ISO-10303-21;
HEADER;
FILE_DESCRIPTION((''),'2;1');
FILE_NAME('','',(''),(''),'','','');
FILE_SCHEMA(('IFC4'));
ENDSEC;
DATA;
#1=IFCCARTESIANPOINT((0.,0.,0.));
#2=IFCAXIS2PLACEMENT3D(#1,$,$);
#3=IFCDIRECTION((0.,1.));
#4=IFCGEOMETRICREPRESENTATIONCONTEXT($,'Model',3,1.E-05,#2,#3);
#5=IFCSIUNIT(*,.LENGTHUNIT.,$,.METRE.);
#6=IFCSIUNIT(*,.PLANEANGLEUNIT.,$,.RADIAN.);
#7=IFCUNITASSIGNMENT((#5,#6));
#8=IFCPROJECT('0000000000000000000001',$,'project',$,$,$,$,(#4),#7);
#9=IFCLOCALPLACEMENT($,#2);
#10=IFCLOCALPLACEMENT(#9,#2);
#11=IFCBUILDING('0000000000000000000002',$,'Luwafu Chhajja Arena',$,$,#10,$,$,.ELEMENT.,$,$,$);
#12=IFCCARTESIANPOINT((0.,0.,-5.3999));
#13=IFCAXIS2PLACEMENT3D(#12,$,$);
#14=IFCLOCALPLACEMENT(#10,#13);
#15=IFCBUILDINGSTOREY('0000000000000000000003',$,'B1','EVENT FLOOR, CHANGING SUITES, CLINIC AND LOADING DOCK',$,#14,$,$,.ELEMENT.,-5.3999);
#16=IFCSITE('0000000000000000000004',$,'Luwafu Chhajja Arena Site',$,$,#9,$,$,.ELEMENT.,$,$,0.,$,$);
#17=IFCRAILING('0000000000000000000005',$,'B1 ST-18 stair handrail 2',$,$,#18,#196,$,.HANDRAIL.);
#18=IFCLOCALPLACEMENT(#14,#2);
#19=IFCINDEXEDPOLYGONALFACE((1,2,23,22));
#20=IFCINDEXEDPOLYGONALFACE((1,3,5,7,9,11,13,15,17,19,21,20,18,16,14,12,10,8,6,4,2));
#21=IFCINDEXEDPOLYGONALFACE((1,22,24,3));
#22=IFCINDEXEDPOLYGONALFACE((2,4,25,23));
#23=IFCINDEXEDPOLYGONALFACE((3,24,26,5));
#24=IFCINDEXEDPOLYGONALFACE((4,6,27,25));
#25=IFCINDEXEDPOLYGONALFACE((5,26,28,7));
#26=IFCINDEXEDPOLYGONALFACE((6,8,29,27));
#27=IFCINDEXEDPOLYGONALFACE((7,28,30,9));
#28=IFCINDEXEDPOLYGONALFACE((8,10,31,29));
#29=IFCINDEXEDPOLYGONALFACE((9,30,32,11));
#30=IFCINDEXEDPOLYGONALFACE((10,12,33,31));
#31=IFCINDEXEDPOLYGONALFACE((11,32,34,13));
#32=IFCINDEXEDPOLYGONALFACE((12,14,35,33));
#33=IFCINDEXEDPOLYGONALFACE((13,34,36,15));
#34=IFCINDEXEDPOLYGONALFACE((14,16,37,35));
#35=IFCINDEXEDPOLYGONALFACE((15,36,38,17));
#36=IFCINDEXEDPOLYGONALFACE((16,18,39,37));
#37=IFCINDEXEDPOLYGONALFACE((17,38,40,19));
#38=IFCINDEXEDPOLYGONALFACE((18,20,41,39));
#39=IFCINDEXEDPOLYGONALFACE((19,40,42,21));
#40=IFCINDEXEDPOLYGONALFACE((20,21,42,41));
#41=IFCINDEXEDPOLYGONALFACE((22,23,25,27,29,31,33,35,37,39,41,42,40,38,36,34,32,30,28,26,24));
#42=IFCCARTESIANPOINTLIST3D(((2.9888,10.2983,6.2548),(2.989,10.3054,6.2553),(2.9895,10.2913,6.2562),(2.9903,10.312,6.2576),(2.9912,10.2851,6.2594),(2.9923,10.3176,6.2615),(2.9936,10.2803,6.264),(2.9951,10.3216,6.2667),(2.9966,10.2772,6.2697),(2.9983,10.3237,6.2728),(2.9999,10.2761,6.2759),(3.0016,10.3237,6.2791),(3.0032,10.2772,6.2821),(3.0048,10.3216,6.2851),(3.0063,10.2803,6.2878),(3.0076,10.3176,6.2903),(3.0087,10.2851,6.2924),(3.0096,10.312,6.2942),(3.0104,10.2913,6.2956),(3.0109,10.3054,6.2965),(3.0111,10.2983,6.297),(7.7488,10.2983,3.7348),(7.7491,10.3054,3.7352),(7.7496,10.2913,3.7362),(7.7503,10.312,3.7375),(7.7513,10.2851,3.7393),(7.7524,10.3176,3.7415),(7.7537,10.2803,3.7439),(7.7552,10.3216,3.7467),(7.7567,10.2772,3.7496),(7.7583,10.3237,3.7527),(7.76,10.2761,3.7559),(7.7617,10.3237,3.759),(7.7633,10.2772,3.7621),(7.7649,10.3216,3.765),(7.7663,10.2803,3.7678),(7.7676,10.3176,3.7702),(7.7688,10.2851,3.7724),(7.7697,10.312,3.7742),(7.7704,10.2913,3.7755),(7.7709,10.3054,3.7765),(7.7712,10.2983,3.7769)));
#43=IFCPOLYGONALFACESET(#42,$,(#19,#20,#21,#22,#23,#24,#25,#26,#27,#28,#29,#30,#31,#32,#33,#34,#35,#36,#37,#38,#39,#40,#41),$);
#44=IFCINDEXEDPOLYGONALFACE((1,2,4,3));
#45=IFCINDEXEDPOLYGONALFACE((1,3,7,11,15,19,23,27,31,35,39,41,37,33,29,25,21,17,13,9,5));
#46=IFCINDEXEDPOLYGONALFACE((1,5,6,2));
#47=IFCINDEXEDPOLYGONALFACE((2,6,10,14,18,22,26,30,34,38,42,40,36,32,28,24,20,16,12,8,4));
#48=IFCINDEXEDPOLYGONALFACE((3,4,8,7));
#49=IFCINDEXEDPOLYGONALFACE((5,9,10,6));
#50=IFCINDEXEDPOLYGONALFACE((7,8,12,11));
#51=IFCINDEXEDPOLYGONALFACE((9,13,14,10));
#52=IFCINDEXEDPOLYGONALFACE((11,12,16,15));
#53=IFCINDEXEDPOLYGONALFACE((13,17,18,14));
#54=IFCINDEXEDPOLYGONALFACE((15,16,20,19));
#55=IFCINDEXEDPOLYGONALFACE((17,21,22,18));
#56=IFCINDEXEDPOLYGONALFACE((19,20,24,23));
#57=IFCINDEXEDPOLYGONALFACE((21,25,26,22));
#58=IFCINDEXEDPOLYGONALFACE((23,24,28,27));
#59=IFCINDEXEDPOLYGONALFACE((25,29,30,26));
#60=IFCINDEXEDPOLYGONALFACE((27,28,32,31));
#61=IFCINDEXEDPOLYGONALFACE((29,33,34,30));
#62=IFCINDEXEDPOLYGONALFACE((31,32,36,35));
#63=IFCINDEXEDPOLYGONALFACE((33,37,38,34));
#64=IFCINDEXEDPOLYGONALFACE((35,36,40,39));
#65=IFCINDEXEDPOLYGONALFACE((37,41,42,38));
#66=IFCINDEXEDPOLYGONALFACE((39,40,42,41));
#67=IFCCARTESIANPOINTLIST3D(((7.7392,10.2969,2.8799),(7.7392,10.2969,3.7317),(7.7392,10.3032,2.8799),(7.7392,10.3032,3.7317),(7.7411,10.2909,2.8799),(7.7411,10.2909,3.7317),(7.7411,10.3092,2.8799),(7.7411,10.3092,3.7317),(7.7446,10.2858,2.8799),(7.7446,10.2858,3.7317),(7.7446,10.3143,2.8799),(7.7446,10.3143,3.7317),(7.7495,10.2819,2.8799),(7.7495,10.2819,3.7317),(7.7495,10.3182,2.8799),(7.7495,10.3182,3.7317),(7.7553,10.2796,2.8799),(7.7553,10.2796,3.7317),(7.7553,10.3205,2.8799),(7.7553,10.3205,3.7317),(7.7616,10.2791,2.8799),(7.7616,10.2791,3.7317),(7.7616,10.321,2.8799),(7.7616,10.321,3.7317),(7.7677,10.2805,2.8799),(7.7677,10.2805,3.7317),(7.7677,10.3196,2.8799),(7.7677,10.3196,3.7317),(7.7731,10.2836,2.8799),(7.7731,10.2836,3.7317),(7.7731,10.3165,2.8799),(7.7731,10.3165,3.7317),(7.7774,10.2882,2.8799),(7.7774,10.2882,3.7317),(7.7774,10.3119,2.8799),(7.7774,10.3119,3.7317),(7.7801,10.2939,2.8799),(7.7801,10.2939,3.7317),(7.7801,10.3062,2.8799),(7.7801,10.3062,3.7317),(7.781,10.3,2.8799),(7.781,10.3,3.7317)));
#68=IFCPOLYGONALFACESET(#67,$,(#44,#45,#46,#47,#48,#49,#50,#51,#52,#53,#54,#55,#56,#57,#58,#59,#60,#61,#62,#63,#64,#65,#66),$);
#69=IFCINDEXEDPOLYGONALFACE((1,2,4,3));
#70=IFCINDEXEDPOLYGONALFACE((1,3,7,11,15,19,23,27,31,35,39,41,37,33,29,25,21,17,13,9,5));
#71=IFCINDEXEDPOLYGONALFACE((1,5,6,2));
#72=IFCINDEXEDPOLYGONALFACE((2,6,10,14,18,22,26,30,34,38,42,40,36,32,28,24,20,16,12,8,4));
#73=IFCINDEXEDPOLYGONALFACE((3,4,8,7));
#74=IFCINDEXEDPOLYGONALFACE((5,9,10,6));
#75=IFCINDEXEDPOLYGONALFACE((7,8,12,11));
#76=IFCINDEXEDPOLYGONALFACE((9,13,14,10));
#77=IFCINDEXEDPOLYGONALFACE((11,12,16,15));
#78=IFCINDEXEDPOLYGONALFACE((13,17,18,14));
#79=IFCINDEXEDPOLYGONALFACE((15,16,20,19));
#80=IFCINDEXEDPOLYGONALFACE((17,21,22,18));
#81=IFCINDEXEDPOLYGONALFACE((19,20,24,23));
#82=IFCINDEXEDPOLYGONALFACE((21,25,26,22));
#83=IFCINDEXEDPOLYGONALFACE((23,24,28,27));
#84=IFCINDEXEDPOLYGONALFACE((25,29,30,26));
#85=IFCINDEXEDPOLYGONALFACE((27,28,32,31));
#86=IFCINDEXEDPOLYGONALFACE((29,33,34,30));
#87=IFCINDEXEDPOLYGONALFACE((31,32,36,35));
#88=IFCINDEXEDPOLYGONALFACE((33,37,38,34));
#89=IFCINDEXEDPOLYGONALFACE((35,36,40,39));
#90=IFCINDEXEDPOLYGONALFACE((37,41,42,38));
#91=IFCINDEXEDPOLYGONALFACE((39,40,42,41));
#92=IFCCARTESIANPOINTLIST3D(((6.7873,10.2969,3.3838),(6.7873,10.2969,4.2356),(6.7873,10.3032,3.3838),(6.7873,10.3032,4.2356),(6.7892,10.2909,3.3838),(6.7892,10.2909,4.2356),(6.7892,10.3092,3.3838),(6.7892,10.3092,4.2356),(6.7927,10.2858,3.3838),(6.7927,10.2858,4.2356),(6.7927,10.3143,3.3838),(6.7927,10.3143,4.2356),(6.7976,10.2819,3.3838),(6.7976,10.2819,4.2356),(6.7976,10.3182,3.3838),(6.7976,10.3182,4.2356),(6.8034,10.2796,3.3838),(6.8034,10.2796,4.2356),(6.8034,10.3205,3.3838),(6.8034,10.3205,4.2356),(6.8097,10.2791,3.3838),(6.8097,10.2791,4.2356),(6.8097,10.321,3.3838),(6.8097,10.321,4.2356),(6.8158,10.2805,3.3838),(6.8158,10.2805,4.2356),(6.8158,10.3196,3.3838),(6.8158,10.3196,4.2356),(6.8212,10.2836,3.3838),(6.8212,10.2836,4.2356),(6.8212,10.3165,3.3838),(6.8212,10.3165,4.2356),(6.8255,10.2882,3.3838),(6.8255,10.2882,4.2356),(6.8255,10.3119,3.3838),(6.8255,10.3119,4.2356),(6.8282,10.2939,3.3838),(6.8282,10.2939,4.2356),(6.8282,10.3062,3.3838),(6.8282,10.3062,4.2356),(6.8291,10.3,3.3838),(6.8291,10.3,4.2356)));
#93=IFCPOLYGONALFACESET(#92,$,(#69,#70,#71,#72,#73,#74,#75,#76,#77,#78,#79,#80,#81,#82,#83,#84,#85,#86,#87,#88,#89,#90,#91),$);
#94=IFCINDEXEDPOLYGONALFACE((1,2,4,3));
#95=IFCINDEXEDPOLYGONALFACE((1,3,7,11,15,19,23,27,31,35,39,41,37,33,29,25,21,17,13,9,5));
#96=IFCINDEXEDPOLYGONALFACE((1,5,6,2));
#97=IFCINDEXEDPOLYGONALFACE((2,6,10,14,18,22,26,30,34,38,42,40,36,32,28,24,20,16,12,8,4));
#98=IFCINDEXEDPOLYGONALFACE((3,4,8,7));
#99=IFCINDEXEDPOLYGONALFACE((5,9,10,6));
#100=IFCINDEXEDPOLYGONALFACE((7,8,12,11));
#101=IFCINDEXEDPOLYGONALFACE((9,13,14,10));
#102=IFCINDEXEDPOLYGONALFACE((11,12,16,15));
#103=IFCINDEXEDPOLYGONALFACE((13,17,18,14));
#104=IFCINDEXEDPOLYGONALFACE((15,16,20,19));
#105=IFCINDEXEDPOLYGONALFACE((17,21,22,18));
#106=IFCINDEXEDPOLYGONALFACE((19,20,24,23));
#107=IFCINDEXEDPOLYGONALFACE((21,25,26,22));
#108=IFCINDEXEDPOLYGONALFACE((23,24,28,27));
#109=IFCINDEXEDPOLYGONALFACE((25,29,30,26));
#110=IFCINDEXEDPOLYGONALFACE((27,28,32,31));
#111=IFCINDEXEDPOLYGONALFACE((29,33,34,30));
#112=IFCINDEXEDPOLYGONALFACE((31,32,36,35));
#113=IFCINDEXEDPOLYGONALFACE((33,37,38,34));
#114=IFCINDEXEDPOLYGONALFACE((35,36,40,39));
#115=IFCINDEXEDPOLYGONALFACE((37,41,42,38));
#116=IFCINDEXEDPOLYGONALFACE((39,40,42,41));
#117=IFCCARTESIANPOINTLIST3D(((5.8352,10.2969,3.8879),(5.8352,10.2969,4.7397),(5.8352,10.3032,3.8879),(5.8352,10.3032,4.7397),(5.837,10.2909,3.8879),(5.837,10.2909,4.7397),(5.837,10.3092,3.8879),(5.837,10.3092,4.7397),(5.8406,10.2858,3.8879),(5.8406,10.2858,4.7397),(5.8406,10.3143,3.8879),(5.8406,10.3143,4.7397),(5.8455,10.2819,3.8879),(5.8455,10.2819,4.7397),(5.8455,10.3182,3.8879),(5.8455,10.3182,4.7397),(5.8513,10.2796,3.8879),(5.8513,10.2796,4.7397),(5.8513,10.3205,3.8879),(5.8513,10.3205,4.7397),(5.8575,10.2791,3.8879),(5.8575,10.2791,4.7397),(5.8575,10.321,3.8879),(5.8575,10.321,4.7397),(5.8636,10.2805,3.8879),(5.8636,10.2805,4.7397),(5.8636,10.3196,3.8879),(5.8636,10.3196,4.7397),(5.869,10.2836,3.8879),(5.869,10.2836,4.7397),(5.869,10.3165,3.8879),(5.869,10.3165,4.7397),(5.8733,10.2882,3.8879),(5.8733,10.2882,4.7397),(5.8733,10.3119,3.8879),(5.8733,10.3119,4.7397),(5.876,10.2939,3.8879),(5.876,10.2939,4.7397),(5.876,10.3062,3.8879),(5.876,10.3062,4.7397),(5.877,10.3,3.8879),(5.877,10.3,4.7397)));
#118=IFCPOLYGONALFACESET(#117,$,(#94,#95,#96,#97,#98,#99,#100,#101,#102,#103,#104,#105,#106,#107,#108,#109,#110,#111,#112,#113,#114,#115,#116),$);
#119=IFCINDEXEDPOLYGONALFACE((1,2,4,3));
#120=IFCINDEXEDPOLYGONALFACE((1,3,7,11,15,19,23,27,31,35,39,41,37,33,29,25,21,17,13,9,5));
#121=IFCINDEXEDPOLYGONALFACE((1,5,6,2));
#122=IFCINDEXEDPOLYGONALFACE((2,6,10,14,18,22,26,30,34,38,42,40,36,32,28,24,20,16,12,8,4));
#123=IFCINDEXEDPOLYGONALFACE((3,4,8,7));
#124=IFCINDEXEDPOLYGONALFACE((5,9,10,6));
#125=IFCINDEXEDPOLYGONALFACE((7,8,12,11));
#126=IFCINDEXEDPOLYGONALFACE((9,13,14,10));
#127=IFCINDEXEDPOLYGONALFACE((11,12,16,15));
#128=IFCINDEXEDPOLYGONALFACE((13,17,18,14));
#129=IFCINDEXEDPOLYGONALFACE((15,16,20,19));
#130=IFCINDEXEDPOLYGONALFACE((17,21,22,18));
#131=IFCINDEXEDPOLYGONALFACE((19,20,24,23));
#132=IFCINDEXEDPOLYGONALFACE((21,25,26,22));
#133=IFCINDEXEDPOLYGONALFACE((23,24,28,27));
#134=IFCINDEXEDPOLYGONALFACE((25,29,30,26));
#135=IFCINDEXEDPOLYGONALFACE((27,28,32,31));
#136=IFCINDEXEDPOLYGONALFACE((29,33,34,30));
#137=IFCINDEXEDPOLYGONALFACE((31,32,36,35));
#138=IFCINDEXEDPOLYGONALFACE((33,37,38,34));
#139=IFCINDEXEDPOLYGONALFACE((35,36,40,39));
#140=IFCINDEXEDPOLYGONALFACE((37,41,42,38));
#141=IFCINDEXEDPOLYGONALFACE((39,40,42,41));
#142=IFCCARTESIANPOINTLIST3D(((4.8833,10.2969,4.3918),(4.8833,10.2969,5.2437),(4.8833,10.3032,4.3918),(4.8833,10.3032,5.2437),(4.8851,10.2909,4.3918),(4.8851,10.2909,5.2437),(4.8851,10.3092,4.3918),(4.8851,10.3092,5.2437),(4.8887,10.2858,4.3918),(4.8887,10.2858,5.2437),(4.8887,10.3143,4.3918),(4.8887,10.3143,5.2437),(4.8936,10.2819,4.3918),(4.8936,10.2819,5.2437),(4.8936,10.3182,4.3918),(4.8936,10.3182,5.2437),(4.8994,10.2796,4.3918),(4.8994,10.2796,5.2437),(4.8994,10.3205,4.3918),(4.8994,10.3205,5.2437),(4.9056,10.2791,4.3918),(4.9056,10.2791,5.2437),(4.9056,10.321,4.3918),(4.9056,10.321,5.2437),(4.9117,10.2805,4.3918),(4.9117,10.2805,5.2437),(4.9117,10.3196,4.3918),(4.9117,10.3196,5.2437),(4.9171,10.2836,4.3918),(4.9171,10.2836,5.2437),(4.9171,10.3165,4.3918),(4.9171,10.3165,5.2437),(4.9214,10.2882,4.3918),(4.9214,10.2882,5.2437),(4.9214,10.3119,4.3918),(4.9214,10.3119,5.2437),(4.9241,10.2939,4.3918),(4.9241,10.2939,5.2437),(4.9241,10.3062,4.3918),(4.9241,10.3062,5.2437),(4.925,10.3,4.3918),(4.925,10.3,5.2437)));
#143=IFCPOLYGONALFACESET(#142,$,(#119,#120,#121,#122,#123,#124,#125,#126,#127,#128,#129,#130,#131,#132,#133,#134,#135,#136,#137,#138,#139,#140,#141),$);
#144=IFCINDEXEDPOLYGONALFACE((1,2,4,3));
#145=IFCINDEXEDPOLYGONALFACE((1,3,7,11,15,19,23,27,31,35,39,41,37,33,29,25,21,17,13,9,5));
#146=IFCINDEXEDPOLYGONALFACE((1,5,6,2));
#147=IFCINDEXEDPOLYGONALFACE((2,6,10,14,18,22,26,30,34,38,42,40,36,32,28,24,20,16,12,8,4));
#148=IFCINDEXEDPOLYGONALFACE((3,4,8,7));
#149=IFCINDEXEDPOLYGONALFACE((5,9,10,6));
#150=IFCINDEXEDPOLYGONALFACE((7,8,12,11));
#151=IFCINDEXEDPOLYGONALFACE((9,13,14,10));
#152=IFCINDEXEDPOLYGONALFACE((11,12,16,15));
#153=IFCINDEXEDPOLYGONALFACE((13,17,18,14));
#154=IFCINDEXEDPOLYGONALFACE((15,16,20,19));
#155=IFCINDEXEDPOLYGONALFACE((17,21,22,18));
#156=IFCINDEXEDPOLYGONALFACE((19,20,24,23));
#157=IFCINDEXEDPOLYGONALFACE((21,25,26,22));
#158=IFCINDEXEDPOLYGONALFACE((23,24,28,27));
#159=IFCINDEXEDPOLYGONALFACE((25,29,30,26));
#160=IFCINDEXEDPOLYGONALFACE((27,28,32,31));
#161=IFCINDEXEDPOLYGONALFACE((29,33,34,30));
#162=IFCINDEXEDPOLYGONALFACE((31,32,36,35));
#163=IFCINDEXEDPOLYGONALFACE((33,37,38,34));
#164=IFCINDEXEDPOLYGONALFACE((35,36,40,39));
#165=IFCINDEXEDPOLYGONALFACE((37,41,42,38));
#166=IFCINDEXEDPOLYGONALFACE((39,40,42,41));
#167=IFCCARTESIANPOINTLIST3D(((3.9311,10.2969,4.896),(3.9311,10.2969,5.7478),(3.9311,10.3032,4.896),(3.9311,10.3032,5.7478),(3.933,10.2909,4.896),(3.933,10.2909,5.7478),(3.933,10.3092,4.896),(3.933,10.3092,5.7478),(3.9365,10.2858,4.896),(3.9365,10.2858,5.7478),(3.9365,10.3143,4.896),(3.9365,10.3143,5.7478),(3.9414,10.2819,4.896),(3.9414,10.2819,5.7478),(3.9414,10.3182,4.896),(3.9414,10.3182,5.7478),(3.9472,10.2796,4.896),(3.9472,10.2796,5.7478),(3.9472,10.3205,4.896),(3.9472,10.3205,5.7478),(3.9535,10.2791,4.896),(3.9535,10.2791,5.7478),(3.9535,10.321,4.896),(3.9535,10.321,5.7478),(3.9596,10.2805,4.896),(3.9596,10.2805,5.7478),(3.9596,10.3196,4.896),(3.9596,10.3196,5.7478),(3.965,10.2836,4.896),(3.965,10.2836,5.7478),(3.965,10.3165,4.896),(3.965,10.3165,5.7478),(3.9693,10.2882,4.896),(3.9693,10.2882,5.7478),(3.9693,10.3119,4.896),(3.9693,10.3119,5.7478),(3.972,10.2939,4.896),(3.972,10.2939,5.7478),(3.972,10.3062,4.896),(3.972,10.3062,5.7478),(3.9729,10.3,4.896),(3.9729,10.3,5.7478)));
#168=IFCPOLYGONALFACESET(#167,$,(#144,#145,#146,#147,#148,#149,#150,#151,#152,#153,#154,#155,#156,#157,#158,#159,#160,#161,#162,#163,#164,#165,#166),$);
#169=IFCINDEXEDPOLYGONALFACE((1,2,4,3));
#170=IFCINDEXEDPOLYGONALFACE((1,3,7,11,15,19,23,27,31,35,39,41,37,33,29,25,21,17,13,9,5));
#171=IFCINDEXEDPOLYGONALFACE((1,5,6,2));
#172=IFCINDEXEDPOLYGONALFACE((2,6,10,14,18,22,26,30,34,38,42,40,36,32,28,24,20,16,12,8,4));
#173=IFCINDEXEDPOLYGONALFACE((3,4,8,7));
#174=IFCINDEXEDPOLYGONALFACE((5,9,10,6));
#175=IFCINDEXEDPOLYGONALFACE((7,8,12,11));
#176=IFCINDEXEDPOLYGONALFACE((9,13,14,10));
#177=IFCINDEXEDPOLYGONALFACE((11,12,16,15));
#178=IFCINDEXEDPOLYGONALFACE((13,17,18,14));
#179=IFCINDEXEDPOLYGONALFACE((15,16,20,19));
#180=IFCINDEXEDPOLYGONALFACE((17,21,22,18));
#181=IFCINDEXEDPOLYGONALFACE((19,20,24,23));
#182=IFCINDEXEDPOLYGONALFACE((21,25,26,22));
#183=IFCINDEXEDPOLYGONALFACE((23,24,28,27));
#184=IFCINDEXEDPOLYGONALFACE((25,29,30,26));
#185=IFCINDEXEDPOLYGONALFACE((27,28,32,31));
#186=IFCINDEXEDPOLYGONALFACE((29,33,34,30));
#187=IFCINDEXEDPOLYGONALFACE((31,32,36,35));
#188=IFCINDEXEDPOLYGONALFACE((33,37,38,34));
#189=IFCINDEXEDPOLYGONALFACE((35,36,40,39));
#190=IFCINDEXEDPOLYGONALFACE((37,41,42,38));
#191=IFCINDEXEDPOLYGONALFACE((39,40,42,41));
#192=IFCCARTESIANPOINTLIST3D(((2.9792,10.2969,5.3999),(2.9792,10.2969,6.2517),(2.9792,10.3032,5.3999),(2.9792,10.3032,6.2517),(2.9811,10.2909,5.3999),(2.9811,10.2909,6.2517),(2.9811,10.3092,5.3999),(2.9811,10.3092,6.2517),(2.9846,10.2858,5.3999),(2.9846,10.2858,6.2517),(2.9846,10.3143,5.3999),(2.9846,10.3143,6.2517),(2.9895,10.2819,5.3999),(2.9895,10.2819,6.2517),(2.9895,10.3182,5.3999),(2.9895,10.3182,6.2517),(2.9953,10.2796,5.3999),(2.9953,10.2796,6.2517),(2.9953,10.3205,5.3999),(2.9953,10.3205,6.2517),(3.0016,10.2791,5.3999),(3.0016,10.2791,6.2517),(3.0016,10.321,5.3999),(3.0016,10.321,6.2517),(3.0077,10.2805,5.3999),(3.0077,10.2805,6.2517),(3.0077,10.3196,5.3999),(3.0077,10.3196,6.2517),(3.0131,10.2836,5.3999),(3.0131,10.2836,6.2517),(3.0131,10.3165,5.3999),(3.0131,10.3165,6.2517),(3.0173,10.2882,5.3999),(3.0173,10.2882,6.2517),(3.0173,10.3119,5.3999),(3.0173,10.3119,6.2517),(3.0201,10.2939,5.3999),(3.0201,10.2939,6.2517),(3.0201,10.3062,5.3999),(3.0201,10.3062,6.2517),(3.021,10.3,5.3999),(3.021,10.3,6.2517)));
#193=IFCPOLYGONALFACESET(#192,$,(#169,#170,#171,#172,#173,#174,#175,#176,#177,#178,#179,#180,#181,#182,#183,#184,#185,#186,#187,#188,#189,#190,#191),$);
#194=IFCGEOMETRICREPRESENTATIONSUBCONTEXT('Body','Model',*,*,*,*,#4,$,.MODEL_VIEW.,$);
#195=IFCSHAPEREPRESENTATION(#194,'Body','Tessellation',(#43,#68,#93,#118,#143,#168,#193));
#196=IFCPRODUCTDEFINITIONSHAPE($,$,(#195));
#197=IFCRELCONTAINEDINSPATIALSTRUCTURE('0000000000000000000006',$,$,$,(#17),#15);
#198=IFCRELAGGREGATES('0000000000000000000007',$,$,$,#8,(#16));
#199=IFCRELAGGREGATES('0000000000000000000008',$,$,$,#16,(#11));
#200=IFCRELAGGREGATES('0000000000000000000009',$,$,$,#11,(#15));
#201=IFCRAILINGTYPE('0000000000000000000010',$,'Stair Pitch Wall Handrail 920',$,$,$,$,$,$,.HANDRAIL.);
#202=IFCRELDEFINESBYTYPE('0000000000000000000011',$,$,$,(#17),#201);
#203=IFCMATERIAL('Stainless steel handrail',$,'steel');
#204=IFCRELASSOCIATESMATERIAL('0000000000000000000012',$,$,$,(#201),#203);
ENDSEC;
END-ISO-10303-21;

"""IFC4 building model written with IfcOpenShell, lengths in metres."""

from ifc_helpers import new_model, si_unit, direction, frame, origin, origin_2d, place, context, subcontext, project, spatial, circle, extrude, material, type_object, element, save


model = new_model("IFC4")

# Units and contexts
model_context = context("Model", 3, precision=1e-05, world=origin(), true_north=direction((0.0, 1.0)))
body_context = subcontext(model_context, "Body", "Model", "MODEL_VIEW")
ifc_project = project(units=[si_unit("LENGTHUNIT", "METRE"), si_unit("PLANEANGLEUNIT", "RADIAN")], contexts=[model_context])

# Site, building, storey
site_placement = place(None, origin())
site = spatial("IfcSite", under=ifc_project, at=site_placement, Name="Luwafu Chhajja Arena Site", CompositionType="ELEMENT", RefElevation=0.0)
building_placement = place(site_placement, origin())
building = spatial("IfcBuilding", under=site, at=building_placement, Name="Luwafu Chhajja Arena", CompositionType="ELEMENT")
storey_placement = place(building_placement, frame((0.0, 0.0, -5.3999)))
storey = spatial("IfcBuildingStorey", under=building, at=storey_placement, Name="B1", Description="EVENT FLOOR, CHANGING SUITES, CLINIC AND LOADING DOCK", CompositionType="ELEMENT", Elevation=-5.3999)

# Railing
ifc_material_1 = material(Name="Stainless steel handrail", Category="steel")
railing_type_1 = type_object("IfcRailingType", Name="Stair Pitch Wall Handrail 920", PredefinedType="HANDRAIL", material=ifc_material_1)
railing_1_placement = place(storey_placement, frame((7.76, 10.3, 2.8799)))
element("IfcRailing", 1, at=railing_1_placement, inside=storey, type_object=railing_type_1, Name="B1 ST-18 stair handrail 2", PredefinedType="HANDRAIL", context=body_context, shape_type="SweptSolid", body=[
    extrude(circle(Radius=0.0239, at=origin_2d()), frame((0.0, 0.0, 0.876), z_axis=(-0.883787, 0.0, 0.46789), x_axis=(0.0, -1.0, 0.0)), (0.0, 0.0, 1.0), 5.386),
    extrude(circle(Radius=0.021, at=origin_2d()), origin(), (0.0, 0.0, 1.0), 0.8518),
    extrude(circle(Radius=0.021, at=origin_2d()), frame((-0.9519, 0.0, 0.5039)), (0.0, 0.0, 1.0), 0.8518),
    extrude(circle(Radius=0.021, at=origin_2d()), frame((-1.9041, 0.0, 1.0081)), (0.0, 0.0, 1.0), 0.8518),
    extrude(circle(Radius=0.021, at=origin_2d()), frame((-2.856, 0.0, 1.512)), (0.0, 0.0, 1.0), 0.8518),
    extrude(circle(Radius=0.021, at=origin_2d()), frame((-3.8081, 0.0, 2.0161)), (0.0, 0.0, 1.0), 0.8518),
    extrude(circle(Radius=0.021, at=origin_2d()), frame((-4.76, 0.0, 2.52)), (0.0, 0.0, 1.0), 0.8518),
])

save(model, "model.ifc")
